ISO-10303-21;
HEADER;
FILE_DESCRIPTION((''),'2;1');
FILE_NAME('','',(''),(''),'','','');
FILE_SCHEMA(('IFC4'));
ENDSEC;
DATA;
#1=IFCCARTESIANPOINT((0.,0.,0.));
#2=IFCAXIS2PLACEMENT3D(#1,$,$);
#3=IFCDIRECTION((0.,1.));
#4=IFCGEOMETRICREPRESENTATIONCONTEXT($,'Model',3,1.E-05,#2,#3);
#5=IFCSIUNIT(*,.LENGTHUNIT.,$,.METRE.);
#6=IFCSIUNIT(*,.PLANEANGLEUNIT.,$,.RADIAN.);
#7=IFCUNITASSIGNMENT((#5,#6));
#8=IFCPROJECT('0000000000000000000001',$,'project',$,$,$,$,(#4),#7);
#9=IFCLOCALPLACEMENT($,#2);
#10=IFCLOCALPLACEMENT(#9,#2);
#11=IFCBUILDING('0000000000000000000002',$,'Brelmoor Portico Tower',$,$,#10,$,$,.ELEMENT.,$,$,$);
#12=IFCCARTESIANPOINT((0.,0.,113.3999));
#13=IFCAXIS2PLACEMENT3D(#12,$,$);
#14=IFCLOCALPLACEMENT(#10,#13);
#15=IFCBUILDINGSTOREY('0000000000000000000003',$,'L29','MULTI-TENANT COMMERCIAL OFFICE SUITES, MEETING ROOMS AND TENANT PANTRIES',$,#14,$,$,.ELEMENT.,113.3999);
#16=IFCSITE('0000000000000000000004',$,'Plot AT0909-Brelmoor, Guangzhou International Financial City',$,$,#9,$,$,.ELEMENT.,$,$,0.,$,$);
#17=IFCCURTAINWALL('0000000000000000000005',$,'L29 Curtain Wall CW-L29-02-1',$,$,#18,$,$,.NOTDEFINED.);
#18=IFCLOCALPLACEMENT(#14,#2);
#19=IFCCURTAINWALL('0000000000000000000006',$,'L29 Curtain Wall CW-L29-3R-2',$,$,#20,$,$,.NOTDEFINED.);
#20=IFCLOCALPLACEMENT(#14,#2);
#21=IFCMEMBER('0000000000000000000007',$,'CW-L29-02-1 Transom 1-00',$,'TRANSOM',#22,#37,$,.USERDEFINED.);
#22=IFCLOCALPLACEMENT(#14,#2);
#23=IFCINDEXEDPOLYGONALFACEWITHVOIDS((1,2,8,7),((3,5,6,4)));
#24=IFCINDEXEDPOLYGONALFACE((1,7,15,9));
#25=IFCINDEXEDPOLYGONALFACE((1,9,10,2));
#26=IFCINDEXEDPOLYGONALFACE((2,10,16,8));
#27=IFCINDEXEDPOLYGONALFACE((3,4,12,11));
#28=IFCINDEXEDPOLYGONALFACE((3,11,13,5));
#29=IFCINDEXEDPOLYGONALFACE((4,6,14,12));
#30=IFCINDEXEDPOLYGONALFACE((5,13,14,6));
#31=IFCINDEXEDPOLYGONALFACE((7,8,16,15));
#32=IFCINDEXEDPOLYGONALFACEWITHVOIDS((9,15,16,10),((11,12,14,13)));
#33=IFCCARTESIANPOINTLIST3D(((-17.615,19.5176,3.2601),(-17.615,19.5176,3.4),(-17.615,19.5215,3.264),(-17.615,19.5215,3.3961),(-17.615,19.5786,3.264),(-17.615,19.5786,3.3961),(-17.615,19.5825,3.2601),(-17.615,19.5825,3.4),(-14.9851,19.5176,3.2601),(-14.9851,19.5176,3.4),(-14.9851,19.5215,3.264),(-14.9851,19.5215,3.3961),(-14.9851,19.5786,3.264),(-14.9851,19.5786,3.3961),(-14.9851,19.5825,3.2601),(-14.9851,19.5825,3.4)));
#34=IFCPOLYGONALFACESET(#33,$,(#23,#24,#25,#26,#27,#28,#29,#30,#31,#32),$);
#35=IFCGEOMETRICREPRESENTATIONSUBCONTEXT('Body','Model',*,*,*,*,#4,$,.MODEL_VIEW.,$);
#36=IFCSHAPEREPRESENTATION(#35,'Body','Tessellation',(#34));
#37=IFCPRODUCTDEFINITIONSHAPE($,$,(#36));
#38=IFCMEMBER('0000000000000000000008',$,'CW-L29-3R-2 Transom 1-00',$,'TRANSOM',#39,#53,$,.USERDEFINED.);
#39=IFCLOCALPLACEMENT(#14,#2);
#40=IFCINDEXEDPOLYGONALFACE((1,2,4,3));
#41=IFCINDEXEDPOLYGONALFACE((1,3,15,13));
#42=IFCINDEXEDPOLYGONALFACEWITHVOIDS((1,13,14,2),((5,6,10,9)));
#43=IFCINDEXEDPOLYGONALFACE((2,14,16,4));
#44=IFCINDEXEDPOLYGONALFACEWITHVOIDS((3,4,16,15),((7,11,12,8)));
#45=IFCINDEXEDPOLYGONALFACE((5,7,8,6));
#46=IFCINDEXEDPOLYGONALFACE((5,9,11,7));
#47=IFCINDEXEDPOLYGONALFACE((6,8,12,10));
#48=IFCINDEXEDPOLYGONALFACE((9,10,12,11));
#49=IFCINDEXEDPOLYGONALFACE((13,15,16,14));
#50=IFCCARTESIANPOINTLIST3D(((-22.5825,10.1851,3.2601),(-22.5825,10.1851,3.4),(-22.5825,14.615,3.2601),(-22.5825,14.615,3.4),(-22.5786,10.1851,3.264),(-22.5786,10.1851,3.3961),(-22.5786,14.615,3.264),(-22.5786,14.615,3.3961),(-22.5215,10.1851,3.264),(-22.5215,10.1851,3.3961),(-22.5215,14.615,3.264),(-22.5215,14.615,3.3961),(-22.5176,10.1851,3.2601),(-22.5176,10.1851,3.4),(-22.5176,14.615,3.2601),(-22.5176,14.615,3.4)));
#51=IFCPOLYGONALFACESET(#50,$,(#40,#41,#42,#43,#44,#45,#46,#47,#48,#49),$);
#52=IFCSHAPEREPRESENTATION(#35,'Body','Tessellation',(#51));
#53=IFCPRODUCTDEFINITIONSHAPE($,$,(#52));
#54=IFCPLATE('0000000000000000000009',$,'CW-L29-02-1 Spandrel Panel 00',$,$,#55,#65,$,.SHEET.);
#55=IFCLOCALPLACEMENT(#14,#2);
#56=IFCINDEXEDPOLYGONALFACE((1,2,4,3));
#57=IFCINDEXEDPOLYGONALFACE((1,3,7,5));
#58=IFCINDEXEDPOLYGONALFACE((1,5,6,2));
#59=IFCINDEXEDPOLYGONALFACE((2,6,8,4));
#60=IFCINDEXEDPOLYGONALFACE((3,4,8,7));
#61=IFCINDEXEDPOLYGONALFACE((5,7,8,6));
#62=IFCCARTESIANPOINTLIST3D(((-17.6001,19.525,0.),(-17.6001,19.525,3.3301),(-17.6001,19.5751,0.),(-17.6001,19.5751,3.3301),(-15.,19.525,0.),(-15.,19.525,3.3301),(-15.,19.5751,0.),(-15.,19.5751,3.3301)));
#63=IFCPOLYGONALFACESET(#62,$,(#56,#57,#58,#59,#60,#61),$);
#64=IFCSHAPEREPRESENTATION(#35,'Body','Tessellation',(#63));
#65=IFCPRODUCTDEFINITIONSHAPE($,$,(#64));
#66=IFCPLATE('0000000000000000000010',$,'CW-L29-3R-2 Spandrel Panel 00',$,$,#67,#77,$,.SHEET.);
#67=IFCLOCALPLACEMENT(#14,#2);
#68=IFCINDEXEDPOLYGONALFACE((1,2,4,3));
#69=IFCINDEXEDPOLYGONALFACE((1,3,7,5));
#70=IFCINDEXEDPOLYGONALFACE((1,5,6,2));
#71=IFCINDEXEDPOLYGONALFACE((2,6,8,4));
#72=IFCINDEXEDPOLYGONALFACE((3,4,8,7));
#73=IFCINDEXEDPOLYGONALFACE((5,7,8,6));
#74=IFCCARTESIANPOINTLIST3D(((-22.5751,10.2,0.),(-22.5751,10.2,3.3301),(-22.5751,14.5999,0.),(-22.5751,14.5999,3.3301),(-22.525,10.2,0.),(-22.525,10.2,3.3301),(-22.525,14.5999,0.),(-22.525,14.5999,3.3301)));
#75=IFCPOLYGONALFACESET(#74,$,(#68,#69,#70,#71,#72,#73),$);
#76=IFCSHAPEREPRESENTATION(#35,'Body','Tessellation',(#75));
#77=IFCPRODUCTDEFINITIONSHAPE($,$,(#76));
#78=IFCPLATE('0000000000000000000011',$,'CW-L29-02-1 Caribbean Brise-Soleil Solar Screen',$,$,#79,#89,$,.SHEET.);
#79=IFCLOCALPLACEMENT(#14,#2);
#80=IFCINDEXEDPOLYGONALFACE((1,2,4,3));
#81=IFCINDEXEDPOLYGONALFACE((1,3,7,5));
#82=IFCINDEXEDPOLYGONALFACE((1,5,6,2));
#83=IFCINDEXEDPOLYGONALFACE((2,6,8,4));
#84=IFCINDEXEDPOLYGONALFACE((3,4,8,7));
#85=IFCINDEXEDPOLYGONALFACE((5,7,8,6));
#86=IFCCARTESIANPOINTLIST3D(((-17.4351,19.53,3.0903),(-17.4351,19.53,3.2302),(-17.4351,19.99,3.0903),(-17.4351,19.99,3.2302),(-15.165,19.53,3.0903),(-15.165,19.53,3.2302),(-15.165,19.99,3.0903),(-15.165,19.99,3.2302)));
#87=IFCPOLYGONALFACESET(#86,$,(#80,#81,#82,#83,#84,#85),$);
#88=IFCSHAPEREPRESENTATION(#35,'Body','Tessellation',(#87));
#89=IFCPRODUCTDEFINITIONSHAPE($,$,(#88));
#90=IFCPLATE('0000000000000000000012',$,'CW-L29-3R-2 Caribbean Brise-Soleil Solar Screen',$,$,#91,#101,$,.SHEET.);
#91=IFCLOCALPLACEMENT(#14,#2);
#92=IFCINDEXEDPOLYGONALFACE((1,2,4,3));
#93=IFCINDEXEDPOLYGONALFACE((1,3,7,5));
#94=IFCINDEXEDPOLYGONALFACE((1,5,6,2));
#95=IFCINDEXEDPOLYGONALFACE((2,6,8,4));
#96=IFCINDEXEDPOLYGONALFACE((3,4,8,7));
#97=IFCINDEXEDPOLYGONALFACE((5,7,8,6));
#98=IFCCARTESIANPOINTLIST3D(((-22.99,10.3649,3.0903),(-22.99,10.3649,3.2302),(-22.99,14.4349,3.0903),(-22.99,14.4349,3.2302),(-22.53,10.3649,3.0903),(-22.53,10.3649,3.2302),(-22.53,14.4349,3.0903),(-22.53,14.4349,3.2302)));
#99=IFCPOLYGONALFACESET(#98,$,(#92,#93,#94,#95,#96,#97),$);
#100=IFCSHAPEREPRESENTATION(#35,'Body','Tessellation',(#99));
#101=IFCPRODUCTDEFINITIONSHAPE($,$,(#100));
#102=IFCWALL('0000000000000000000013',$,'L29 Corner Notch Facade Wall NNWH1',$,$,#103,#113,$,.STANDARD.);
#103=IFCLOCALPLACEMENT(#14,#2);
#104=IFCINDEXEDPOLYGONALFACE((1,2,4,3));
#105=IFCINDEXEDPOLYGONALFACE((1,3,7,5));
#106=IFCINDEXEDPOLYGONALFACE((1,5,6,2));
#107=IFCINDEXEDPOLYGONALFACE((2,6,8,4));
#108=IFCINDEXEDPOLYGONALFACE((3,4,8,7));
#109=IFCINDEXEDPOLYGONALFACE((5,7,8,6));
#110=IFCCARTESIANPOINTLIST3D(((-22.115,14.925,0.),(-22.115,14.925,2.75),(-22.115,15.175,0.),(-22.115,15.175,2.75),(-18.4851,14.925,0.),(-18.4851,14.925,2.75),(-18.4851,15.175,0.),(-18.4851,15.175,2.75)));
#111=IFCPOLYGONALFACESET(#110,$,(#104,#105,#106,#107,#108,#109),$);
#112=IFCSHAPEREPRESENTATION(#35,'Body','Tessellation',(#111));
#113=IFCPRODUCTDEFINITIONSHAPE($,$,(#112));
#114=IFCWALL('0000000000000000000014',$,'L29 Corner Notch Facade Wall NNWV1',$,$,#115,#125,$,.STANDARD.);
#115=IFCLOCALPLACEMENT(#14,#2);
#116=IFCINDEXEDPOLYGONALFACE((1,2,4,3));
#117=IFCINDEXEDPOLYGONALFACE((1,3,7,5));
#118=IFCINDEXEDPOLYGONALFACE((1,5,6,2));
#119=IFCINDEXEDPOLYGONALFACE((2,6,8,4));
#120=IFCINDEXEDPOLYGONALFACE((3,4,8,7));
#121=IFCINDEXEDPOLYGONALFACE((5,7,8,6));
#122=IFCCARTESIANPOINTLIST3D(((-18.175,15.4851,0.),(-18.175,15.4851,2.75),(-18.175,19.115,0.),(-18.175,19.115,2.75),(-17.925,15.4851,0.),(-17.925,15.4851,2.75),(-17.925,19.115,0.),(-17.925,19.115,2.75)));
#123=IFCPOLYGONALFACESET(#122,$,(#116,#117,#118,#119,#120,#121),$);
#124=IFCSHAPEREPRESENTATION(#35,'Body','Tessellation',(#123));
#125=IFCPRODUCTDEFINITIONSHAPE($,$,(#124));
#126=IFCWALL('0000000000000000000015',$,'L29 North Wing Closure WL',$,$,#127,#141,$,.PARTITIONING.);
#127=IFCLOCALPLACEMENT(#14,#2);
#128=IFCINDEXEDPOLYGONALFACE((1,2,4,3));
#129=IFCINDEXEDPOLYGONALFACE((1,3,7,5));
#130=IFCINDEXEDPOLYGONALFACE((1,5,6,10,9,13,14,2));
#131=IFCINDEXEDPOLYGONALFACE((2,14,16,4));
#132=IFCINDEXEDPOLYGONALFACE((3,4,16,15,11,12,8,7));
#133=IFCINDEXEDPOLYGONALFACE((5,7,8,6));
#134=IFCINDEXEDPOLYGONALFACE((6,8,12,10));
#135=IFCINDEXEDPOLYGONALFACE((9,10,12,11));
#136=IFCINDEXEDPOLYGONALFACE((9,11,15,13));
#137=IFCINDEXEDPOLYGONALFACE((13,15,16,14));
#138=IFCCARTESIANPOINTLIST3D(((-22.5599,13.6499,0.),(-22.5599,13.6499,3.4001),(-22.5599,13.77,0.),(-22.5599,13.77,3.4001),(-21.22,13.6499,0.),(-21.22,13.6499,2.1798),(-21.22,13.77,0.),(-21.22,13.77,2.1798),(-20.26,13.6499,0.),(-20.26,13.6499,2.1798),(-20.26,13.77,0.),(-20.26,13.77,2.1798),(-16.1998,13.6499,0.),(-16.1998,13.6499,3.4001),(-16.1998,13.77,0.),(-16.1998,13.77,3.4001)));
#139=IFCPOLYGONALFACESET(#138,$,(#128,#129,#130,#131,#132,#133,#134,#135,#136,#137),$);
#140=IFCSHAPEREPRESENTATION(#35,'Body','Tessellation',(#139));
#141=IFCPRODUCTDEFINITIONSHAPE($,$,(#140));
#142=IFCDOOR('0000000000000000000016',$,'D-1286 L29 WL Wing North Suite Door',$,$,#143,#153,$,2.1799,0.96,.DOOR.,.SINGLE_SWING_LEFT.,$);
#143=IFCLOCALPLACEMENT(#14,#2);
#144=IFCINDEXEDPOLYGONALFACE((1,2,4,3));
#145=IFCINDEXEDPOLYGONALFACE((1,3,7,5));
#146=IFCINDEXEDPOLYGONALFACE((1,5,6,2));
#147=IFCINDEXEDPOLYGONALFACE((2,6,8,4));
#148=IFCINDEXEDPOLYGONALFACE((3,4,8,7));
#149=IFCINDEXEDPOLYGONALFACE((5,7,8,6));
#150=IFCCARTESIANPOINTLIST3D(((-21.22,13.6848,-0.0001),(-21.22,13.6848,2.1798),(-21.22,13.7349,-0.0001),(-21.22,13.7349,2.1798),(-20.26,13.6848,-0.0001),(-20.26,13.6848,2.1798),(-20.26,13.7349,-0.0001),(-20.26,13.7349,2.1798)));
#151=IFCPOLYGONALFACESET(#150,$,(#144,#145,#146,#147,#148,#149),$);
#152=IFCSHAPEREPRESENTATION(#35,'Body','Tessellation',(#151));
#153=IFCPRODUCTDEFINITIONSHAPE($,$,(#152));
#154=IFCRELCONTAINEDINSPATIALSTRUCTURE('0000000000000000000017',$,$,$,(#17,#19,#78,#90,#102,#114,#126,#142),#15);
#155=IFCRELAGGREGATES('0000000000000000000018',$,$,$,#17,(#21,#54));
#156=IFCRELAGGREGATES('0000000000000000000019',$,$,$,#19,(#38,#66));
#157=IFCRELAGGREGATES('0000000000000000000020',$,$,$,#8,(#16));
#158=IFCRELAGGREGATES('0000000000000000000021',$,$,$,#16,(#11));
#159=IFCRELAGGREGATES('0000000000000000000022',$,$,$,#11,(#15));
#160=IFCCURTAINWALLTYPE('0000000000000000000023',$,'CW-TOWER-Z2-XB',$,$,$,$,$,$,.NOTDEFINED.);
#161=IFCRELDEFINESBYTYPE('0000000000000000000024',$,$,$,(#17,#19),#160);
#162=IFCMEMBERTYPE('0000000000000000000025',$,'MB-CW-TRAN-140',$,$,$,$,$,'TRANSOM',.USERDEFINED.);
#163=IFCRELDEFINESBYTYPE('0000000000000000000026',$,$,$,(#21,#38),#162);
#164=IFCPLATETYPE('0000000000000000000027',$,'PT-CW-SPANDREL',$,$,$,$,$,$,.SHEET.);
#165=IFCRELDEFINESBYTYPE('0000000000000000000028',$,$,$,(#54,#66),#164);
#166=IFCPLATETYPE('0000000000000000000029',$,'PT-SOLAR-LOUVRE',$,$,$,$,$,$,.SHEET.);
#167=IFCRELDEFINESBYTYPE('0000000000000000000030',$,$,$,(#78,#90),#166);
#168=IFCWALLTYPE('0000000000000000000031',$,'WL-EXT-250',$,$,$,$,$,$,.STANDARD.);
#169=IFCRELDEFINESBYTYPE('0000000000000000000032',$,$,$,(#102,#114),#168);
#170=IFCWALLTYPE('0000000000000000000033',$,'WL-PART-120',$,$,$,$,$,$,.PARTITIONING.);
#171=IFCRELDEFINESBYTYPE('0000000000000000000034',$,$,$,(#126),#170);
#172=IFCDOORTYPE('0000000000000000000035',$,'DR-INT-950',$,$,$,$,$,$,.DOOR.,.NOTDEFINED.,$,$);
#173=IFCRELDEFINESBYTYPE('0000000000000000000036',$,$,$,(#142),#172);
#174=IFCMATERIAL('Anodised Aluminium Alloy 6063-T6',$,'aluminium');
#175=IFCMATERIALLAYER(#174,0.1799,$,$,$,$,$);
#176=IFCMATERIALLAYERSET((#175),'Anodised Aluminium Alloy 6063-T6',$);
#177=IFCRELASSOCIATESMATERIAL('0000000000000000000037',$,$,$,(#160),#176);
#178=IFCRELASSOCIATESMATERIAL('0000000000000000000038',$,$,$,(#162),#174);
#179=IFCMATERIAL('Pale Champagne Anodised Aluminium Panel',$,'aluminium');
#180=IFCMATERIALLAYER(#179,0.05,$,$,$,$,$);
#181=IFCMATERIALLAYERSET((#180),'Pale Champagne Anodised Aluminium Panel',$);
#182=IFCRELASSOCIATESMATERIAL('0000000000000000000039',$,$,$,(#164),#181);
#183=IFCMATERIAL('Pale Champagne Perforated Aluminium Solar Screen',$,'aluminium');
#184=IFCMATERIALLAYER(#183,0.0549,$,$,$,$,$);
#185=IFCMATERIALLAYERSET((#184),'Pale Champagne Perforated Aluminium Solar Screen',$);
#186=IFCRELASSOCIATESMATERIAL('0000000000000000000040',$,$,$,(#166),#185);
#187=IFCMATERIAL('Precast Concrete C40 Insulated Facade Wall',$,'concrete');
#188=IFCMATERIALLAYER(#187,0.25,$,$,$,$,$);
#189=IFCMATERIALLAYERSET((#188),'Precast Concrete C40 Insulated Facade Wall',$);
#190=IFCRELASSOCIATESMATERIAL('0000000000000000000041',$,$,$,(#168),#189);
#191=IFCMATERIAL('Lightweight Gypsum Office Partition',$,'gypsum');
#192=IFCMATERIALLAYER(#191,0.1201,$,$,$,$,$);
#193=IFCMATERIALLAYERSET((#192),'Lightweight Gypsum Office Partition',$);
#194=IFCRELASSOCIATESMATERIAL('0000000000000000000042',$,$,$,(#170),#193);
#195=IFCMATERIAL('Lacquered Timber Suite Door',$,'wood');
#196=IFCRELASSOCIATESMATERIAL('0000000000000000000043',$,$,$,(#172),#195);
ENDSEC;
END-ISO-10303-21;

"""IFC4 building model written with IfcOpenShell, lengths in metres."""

from ifc_helpers import new_model, si_unit, direction, frame, frame_2d, origin, origin_2d, place, context, subcontext, project, spatial, rectangle, hollow_rectangle, extrude, material, layer, layer_set, material_profile, profile_set, type_object, element, fill, aggregate, save


model = new_model("IFC4")

# Units and contexts
model_context = context("Model", 3, precision=1e-05, world=origin(), true_north=direction((0.0, 1.0)))
body_context = subcontext(model_context, "Body", "Model", "MODEL_VIEW")
ifc_project = project(units=[si_unit("LENGTHUNIT", "METRE"), si_unit("PLANEANGLEUNIT", "RADIAN")], contexts=[model_context])

# Site, building, storey
site_placement = place(None, origin())
site = spatial("IfcSite", under=ifc_project, at=site_placement, Name="Plot AT0909-Brelmoor, Guangzhou International Financial City", CompositionType="ELEMENT", RefElevation=0.0)
building_placement = place(site_placement, origin())
building = spatial("IfcBuilding", under=site, at=building_placement, Name="Brelmoor Portico Tower", CompositionType="ELEMENT")
storey_placement = place(building_placement, frame((0.0, 0.0, 113.3999)))
storey = spatial("IfcBuildingStorey", under=building, at=storey_placement, Name="L29", Description="MULTI-TENANT COMMERCIAL OFFICE SUITES, MEETING ROOMS AND TENANT PANTRIES", CompositionType="ELEMENT", Elevation=113.3999)

# Curtain walls
ifc_material_1 = material(Name="Anodised Aluminium Alloy 6063-T6", Category="aluminium")
ifc_layer_1 = layer(ifc_material_1, 0.1799)
ifc_layer_set_1 = layer_set([ifc_layer_1], Name="Anodised Aluminium Alloy 6063-T6")
curtain_wall_type = type_object("IfcCurtainWallType", Name="CW-TOWER-Z2-XB", PredefinedType="NOTDEFINED", material=ifc_layer_set_1)
curtain_wall_1_placement = place(storey_placement, origin())
curtain_wall_1 = element("IfcCurtainWall", 1, at=curtain_wall_1_placement, inside=storey, type_object=curtain_wall_type, Name="L29 Curtain Wall CW-L29-02-1", PredefinedType="NOTDEFINED")
curtain_wall_2_placement = place(storey_placement, origin())
curtain_wall_2 = element("IfcCurtainWall", 2, at=curtain_wall_2_placement, inside=storey, type_object=curtain_wall_type, Name="L29 Curtain Wall CW-L29-3R-2", PredefinedType="NOTDEFINED")

# Members
ifc_material_profile_1 = material_profile(ifc_material_1, hollow_rectangle(XDim=0.0649, YDim=0.1399, WallThickness=0.0039, at=origin_2d()), Name="ALU TRANSOM 65x140")
ifc_profile_set_1 = profile_set([ifc_material_profile_1], Name="Anodised Aluminium Alloy 6063-T6")
member_type_1 = type_object("IfcMemberType", Name="MB-CW-TRAN-140", ElementType="TRANSOM", PredefinedType="USERDEFINED", material=ifc_profile_set_1)
member_1_placement = place(storey_placement, frame((-17.615, 19.55, 3.3301), z_axis=(1.0, 0.0, 0.0), x_axis=(0.0, 1.0, 0.0)))
member_1 = element("IfcMember", 3, at=member_1_placement, type_object=member_type_1, Name="CW-L29-02-1 Transom 1-00", ObjectType="TRANSOM", PredefinedType="USERDEFINED", context=body_context, shape_type="SweptSolid", body=[
    extrude(hollow_rectangle(XDim=0.0649, YDim=0.1399, WallThickness=0.0039, at=origin_2d()), origin(), (0.0, 0.0, 1.0), 2.6299),
])
member_2_placement = place(storey_placement, frame((-22.55, 10.1851, 3.3301), z_axis=(0.0, 1.0, 0.0), x_axis=(-1.0, 0.0, 0.0)))
member_2 = element("IfcMember", 4, at=member_2_placement, type_object=member_type_1, Name="CW-L29-3R-2 Transom 1-00", ObjectType="TRANSOM", PredefinedType="USERDEFINED", context=body_context, shape_type="SweptSolid", body=[
    extrude(hollow_rectangle(XDim=0.0649, YDim=0.1399, WallThickness=0.0039, at=origin_2d()), origin(), (0.0, 0.0, 1.0), 4.4299),
])

# Plates
ifc_material_2 = material(Name="Pale Champagne Anodised Aluminium Panel", Category="aluminium")
ifc_layer_2 = layer(ifc_material_2, 0.05)
ifc_layer_set_2 = layer_set([ifc_layer_2], Name="Pale Champagne Anodised Aluminium Panel")
plate_type_1 = type_object("IfcPlateType", Name="PT-CW-SPANDREL", PredefinedType="SHEET", material=ifc_layer_set_2)
plate_1_placement = place(storey_placement, frame((-16.3, 19.55, 0.0), z_axis=(0.0, 0.0, 1.0), x_axis=(1.0, 0.0, 0.0)))
plate_1 = element("IfcPlate", 5, at=plate_1_placement, type_object=plate_type_1, Name="CW-L29-02-1 Spandrel Panel 00", PredefinedType="SHEET", context=body_context, shape_type="SweptSolid", body=[
    extrude(rectangle(XDim=2.6001, YDim=0.05, at=origin_2d()), origin(), (0.0, 0.0, 1.0), 3.3301),
])
aggregate(curtain_wall_1, [member_1, plate_1])
plate_2_placement = place(storey_placement, frame((-22.55, 12.3999, 0.0), z_axis=(0.0, 0.0, 1.0), x_axis=(0.0, 1.0, 0.0)))
plate_2 = element("IfcPlate", 6, at=plate_2_placement, type_object=plate_type_1, Name="CW-L29-3R-2 Spandrel Panel 00", PredefinedType="SHEET", context=body_context, shape_type="SweptSolid", body=[
    extrude(rectangle(XDim=4.3999, YDim=0.05, at=origin_2d()), origin(), (0.0, 0.0, 1.0), 3.3301),
])
aggregate(curtain_wall_2, [member_2, plate_2])

# Plates
ifc_material_3 = material(Name="Pale Champagne Perforated Aluminium Solar Screen", Category="aluminium")
ifc_layer_3 = layer(ifc_material_3, 0.0549)
ifc_layer_set_3 = layer_set([ifc_layer_3], Name="Pale Champagne Perforated Aluminium Solar Screen")
plate_type_2 = type_object("IfcPlateType", Name="PT-SOLAR-LOUVRE", PredefinedType="SHEET", material=ifc_layer_set_3)
plate_3_placement = place(storey_placement, frame((-16.3, 19.76, 3.0903), z_axis=(0.0, 0.0, 1.0), x_axis=(1.0, 0.0, 0.0)))
element("IfcPlate", 7, at=plate_3_placement, inside=storey, type_object=plate_type_2, Name="CW-L29-02-1 Caribbean Brise-Soleil Solar Screen", PredefinedType="SHEET", context=body_context, shape_type="SweptSolid", body=[
    extrude(rectangle(XDim=2.27, YDim=0.46, at=origin_2d()), origin(), (0.0, 0.0, 1.0), 0.1399),
])
plate_4_placement = place(storey_placement, frame((-22.76, 12.3999, 3.0903), z_axis=(0.0, 0.0, 1.0), x_axis=(0.0, 1.0, 0.0)))
element("IfcPlate", 8, at=plate_4_placement, inside=storey, type_object=plate_type_2, Name="CW-L29-3R-2 Caribbean Brise-Soleil Solar Screen", PredefinedType="SHEET", context=body_context, shape_type="SweptSolid", body=[
    extrude(rectangle(XDim=4.0701, YDim=0.46, at=origin_2d()), origin(), (0.0, 0.0, 1.0), 0.1399),
])

# Walls
ifc_material_4 = material(Name="Precast Concrete C40 Insulated Facade Wall", Category="concrete")
ifc_layer_4 = layer(ifc_material_4, 0.25)
ifc_layer_set_4 = layer_set([ifc_layer_4], Name="Precast Concrete C40 Insulated Facade Wall")
wall_type_1 = type_object("IfcWallType", Name="WL-EXT-250", PredefinedType="STANDARD", material=ifc_layer_set_4)
for number, where, z_axis, x_axis, name in (
    (9, (-22.115, 15.05, 0.0), (0.0, 0.0, 1.0), (1.0, 0.0, 0.0), "L29 Corner Notch Facade Wall NNWH1"),
    (10, (-18.05, 15.4851, 0.0), (0.0, 0.0, 1.0), (0.0, 1.0, 0.0), "L29 Corner Notch Facade Wall NNWV1"),
):
    element("IfcWall", number, at=place(storey_placement, frame(where, z_axis=z_axis, x_axis=x_axis)), inside=storey, type_object=wall_type_1, Name=name, PredefinedType="STANDARD", context=body_context, shape_type="SweptSolid", body=[
        extrude(rectangle(XDim=3.6299, YDim=0.25, at=frame_2d((1.8149, 0.0))), origin(), (0.0, 0.0, 1.0), 2.75),
    ])

# Wall, opening, door
ifc_material_5 = material(Name="Lightweight Gypsum Office Partition", Category="gypsum")
ifc_layer_5 = layer(ifc_material_5, 0.1201)
ifc_layer_set_5 = layer_set([ifc_layer_5], Name="Lightweight Gypsum Office Partition")
wall_type_2 = type_object("IfcWallType", Name="WL-PART-120", PredefinedType="PARTITIONING", material=ifc_layer_set_5)
wall_1_placement = place(storey_placement, frame((-22.5601, 13.71, 0.0), z_axis=(0.0, 0.0, 1.0), x_axis=(1.0, 0.0, 0.0)))
wall_1 = element("IfcWall", 11, at=wall_1_placement, inside=storey, type_object=wall_type_2, Name="L29 North Wing Closure WL", PredefinedType="PARTITIONING", context=body_context, shape_type="SweptSolid", body=[
    extrude(rectangle(XDim=6.3601, YDim=0.1201, at=frame_2d((3.1802, 0.0))), origin(), (0.0, 0.0, 1.0), 3.4001),
])
opening_1_placement = place(wall_1_placement, frame((1.3401, 0.0, 0.0)))
opening_1 = element("IfcOpeningElement", 12, at=opening_1_placement, cuts=wall_1, PredefinedType="OPENING", context=body_context, shape_type="SweptSolid", body=[
    extrude(rectangle(XDim=0.96, YDim=2.1799, at=frame_2d((0.48, 1.0898))), frame((0.0, 0.0701, 0.0), z_axis=(0.0, -1.0, 0.0), x_axis=(1.0, 0.0, 0.0)), (0.0, 0.0, 1.0), 0.1401),
])
ifc_material_6 = material(Name="Lacquered Timber Suite Door", Category="wood")
door_type_1 = type_object("IfcDoorType", Name="DR-INT-950", OperationType="NOTDEFINED", PredefinedType="DOOR", material=ifc_material_6)
door_1_placement = place(opening_1_placement, origin())
door_1 = element("IfcDoor", 13, at=door_1_placement, inside=storey, type_object=door_type_1, Name="D-1286 L29 WL Wing North Suite Door", OperationType="SINGLE_SWING_LEFT", OverallHeight=2.1799, OverallWidth=0.96, PredefinedType="DOOR", context=body_context, shape_type="SweptSolid", body=[
    extrude(rectangle(XDim=0.96, YDim=2.1799, at=frame_2d((0.48, 1.0898))), frame((0.0, 0.0249, 0.0), z_axis=(0.0, -1.0, 0.0), x_axis=(1.0, 0.0, 0.0)), (0.0, 0.0, 1.0), 0.05),
])
fill(opening_1, door_1)

save(model, "model.ifc")
